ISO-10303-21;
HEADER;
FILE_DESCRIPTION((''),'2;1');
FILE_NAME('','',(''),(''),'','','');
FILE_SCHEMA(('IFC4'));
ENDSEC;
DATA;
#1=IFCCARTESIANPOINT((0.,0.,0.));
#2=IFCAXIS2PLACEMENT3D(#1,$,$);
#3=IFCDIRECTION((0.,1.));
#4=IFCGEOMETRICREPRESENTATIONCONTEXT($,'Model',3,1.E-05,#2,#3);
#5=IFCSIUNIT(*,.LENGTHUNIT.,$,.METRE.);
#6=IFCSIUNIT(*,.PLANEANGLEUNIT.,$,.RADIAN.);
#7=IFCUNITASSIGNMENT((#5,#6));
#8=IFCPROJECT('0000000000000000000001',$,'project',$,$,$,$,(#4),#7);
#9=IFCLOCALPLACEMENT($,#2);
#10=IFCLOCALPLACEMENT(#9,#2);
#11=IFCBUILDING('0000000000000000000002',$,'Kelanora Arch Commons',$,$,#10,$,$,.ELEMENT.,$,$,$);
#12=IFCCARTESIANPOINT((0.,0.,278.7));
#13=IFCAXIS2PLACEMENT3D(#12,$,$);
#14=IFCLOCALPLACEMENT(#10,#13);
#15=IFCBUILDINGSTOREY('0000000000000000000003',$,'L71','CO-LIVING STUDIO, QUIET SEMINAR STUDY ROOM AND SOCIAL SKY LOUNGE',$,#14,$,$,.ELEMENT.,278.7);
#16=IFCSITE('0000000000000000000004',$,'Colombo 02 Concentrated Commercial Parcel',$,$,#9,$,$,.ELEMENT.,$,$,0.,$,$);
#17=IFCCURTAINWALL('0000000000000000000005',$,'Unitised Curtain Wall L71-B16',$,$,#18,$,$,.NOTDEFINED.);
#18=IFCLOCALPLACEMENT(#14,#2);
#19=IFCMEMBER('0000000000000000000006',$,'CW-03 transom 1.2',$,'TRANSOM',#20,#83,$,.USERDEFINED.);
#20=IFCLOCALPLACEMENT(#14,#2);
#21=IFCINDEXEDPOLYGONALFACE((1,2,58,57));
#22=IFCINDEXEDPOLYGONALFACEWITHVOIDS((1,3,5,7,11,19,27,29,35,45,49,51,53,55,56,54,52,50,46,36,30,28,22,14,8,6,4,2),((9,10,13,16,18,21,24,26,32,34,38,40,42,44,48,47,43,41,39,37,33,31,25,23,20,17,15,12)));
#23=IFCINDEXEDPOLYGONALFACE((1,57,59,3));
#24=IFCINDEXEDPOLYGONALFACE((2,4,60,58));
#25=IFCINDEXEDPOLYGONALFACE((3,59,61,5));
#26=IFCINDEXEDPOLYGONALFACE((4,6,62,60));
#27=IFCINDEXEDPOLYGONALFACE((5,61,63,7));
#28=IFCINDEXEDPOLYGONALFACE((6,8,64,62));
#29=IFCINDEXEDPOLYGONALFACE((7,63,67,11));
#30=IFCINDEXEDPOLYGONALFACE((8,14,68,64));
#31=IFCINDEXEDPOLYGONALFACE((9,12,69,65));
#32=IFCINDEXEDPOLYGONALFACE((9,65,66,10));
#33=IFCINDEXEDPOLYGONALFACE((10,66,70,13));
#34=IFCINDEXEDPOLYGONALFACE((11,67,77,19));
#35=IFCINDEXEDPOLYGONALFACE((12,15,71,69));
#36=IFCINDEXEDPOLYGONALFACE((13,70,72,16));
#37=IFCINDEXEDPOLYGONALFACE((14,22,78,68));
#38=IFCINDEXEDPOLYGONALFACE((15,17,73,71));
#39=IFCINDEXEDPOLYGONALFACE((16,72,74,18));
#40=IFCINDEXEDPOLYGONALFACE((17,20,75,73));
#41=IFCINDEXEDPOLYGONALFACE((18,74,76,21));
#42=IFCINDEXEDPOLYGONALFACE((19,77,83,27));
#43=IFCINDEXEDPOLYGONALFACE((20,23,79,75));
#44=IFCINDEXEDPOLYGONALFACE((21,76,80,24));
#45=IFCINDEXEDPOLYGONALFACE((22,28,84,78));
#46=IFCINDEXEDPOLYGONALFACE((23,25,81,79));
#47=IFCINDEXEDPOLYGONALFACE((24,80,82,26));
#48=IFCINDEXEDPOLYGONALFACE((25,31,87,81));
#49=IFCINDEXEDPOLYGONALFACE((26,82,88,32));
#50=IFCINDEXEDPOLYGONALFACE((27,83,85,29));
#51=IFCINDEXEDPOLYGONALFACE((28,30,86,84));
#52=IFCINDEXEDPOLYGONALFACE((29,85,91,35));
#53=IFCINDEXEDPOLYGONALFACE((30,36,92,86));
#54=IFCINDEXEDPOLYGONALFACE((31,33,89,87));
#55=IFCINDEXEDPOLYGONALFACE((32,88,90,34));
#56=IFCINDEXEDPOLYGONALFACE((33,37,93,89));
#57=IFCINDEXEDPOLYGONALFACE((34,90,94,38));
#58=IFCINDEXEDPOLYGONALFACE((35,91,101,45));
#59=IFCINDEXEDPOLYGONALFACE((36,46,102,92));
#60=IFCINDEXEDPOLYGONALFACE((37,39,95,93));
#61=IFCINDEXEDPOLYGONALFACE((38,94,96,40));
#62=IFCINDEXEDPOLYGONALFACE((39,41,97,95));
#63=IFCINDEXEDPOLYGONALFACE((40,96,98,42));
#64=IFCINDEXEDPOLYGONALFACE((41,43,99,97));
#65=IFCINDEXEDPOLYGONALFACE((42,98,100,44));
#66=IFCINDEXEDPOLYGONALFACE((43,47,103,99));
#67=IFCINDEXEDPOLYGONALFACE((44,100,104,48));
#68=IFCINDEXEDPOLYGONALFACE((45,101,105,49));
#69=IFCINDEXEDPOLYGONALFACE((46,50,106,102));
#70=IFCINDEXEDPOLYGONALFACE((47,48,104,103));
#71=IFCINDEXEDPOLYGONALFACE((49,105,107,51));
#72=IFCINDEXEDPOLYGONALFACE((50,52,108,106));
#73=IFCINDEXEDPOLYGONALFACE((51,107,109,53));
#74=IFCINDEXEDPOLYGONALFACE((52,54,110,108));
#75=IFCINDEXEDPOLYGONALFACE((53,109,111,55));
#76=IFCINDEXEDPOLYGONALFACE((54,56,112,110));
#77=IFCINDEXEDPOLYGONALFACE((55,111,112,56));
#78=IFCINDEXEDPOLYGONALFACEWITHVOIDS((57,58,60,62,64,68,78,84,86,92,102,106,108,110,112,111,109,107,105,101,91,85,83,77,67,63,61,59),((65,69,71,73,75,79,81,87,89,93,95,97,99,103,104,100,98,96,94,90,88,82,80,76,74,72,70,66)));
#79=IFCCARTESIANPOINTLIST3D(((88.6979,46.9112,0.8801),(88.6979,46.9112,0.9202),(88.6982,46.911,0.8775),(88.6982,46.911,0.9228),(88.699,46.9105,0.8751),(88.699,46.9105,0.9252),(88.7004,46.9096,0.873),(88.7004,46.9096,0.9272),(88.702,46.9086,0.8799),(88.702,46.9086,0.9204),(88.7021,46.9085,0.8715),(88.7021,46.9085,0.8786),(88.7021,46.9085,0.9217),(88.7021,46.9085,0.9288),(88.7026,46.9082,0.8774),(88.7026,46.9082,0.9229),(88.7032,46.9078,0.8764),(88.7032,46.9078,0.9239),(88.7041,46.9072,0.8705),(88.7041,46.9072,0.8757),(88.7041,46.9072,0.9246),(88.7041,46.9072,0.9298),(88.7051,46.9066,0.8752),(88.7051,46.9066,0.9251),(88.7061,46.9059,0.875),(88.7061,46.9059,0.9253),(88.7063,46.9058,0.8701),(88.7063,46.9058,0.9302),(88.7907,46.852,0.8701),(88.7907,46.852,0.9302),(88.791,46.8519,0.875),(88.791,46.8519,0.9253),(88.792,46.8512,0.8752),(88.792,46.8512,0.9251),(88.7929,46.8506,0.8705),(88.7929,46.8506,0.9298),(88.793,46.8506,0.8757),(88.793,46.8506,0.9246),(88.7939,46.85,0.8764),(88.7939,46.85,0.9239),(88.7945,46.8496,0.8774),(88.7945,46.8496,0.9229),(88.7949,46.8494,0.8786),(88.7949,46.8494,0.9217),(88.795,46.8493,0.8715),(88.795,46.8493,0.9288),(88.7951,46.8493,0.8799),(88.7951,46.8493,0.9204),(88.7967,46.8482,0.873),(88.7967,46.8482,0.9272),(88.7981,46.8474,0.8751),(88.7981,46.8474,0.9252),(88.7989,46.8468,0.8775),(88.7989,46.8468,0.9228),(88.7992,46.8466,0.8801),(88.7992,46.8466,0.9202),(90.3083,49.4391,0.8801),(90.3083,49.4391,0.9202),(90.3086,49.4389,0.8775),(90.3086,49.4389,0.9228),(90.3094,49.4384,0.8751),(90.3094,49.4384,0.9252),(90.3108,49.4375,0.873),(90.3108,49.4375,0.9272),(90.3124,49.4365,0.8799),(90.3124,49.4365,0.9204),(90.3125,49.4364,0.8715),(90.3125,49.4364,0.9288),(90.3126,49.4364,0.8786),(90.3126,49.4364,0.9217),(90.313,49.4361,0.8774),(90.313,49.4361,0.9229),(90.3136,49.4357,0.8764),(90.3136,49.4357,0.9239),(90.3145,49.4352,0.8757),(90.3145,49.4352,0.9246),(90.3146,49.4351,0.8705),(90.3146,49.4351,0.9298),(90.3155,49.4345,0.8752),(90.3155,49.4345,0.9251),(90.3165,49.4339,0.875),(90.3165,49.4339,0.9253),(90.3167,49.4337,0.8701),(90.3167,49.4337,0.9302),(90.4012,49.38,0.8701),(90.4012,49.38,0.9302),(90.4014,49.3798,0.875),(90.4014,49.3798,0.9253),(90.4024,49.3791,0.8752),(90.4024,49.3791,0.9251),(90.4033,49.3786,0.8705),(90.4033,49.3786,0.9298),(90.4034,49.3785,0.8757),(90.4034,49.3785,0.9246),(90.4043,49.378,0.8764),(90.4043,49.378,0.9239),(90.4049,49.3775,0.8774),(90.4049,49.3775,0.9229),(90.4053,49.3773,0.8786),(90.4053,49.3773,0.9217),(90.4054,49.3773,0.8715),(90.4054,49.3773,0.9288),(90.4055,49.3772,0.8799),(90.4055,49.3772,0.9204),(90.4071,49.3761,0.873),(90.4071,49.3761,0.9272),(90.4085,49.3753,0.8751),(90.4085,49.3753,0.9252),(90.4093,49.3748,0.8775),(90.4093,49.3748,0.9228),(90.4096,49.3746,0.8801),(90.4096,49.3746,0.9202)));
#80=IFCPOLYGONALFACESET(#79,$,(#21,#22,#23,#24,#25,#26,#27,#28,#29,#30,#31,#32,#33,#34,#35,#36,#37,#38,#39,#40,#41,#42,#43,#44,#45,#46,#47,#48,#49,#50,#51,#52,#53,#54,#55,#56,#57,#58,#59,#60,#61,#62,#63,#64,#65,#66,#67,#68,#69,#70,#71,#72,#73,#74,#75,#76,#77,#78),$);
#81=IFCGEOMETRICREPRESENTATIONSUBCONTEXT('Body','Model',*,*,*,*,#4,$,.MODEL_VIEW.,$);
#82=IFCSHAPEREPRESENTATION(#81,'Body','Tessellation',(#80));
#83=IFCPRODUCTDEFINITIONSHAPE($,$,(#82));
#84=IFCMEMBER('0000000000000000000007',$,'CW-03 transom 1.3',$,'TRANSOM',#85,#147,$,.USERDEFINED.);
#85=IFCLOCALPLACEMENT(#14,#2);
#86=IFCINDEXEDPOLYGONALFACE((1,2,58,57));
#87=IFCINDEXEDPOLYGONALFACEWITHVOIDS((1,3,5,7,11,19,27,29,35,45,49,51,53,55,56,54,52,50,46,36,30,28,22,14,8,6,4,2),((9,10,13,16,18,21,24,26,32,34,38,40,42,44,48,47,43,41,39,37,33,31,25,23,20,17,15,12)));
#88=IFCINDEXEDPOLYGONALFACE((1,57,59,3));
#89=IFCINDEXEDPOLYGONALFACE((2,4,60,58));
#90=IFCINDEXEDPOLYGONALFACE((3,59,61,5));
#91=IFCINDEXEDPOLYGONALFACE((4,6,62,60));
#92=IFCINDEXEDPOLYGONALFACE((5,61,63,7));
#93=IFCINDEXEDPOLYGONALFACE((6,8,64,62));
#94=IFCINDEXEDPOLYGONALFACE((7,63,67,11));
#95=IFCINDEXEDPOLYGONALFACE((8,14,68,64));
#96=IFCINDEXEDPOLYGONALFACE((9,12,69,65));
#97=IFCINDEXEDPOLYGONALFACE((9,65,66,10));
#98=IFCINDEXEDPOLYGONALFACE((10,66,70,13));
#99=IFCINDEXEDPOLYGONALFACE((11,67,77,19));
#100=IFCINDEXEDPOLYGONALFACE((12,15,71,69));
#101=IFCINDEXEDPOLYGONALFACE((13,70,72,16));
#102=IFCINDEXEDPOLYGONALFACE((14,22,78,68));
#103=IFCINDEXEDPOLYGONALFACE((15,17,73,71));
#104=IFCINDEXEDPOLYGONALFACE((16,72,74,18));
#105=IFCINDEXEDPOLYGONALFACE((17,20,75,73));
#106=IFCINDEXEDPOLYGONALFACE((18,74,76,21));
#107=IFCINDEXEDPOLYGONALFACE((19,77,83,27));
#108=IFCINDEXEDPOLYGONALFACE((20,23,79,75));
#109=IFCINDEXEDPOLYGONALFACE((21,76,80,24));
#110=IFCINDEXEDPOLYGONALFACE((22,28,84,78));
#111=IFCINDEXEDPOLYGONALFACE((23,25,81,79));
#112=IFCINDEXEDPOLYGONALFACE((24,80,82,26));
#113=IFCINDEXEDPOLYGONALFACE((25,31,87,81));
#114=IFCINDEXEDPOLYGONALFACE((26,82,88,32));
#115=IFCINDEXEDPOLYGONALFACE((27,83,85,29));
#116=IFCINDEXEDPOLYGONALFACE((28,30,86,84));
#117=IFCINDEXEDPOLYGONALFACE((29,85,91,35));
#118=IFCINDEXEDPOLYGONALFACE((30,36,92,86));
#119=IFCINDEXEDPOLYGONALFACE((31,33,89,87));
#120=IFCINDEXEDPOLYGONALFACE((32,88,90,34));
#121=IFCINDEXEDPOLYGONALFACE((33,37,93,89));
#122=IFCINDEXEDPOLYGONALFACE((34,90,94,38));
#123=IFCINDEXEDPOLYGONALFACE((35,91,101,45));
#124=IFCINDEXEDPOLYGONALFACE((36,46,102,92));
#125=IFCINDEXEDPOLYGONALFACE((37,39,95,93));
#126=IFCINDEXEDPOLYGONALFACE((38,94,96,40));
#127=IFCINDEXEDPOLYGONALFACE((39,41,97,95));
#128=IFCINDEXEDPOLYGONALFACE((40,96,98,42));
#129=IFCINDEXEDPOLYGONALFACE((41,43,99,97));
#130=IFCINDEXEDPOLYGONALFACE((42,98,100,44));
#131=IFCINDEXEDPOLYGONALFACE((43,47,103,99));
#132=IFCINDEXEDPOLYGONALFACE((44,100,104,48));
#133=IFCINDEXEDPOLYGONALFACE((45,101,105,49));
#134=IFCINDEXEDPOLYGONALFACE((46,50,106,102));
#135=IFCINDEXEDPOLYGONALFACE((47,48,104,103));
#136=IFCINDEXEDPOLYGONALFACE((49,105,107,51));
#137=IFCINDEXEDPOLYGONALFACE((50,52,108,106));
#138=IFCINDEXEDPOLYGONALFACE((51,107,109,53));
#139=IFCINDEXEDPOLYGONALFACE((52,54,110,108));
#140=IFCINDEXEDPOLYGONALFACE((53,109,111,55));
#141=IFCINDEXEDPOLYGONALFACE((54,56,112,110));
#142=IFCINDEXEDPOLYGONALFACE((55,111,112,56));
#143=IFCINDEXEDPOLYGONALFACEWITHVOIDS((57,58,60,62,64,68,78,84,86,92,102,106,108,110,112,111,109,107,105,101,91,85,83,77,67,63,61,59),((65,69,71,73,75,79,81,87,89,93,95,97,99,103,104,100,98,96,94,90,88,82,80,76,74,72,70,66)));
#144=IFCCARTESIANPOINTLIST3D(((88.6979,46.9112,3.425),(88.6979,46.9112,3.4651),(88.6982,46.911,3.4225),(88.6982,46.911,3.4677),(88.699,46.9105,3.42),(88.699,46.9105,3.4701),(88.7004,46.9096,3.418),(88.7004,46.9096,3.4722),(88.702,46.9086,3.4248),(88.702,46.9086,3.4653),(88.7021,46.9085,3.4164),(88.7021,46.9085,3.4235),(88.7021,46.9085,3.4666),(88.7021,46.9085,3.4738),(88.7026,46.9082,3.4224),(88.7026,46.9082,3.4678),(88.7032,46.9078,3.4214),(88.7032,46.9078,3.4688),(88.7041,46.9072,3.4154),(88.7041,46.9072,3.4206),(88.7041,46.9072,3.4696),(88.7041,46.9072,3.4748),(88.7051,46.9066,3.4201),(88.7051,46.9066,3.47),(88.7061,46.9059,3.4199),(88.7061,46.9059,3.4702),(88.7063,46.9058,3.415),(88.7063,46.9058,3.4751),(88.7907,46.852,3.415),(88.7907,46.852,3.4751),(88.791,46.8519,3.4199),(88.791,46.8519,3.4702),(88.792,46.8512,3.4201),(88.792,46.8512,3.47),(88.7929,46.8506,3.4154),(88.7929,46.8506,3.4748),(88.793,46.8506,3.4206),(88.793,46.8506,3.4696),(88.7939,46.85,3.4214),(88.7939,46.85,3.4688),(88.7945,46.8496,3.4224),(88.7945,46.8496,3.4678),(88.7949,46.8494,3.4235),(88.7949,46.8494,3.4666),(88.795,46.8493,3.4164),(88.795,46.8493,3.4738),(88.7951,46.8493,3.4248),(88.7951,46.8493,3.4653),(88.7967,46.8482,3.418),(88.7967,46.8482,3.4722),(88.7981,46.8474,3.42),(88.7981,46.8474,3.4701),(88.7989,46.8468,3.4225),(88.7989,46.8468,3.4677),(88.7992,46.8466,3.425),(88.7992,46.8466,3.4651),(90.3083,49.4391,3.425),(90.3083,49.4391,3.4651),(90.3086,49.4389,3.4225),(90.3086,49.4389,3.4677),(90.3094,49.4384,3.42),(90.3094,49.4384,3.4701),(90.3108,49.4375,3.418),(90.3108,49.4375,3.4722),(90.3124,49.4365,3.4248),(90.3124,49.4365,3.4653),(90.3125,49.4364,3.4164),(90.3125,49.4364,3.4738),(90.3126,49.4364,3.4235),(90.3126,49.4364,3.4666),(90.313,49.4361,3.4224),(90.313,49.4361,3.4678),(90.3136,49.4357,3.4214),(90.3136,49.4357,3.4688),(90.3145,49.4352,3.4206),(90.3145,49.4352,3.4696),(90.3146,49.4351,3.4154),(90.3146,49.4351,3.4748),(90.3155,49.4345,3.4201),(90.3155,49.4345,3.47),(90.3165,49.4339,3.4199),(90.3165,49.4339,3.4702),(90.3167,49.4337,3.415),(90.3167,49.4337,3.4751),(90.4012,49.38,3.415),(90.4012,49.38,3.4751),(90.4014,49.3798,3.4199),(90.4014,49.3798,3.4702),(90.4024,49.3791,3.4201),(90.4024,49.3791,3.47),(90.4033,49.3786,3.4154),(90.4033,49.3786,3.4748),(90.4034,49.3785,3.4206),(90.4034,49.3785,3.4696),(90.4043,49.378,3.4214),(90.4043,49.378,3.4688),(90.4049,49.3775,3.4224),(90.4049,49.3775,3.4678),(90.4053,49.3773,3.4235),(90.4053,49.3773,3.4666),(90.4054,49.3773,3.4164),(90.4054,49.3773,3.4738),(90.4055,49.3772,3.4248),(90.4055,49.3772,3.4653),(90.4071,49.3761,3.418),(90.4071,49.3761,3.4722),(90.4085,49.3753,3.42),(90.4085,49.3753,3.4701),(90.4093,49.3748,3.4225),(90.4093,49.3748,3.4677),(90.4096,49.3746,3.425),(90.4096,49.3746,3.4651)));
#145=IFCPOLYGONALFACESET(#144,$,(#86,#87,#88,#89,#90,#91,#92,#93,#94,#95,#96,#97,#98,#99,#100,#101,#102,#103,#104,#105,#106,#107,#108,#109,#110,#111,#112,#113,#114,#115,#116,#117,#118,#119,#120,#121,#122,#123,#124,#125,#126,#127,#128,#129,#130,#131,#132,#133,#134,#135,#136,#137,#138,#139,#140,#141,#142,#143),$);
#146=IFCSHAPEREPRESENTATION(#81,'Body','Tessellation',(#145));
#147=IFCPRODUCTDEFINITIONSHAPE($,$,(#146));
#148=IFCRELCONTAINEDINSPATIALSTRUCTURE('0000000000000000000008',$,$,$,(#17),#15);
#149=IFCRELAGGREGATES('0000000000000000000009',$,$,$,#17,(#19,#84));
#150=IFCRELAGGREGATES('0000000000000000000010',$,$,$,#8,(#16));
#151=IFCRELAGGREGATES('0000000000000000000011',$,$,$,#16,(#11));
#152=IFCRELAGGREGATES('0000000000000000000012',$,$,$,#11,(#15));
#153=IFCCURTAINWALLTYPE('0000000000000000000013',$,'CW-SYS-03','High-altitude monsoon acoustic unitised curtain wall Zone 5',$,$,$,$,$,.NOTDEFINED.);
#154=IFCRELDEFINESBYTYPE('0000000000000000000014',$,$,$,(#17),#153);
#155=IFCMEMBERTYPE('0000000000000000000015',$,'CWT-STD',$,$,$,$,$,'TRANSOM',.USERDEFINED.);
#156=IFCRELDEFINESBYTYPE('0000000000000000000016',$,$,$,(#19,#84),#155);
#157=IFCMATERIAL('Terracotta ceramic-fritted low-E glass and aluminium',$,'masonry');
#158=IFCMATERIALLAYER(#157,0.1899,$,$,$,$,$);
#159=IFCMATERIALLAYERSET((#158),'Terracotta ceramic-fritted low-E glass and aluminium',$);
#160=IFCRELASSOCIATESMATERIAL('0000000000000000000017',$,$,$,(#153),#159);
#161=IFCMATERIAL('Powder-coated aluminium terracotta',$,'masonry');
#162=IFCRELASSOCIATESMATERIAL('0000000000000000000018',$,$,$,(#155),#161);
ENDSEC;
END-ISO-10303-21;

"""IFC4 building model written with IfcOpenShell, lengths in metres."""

from ifc_helpers import new_model, si_unit, direction, frame, origin, origin_2d, place, context, subcontext, project, spatial, hollow_rectangle, extrude, material, layer, layer_set, material_profile, profile_set, type_object, element, aggregate, save


model = new_model("IFC4")

# Units and contexts
model_context = context("Model", 3, precision=1e-05, world=origin(), true_north=direction((0.0, 1.0)))
body_context = subcontext(model_context, "Body", "Model", "MODEL_VIEW")
ifc_project = project(units=[si_unit("LENGTHUNIT", "METRE"), si_unit("PLANEANGLEUNIT", "RADIAN")], contexts=[model_context])

# Site, building, storey
site_placement = place(None, origin())
site = spatial("IfcSite", under=ifc_project, at=site_placement, Name="Colombo 02 Concentrated Commercial Parcel", CompositionType="ELEMENT", RefElevation=0.0)
building_placement = place(site_placement, origin())
building = spatial("IfcBuilding", under=site, at=building_placement, Name="Kelanora Arch Commons", CompositionType="ELEMENT")
storey_placement = place(building_placement, frame((0.0, 0.0, 278.7)))
storey = spatial("IfcBuildingStorey", under=building, at=storey_placement, Name="L71", Description="CO-LIVING STUDIO, QUIET SEMINAR STUDY ROOM AND SOCIAL SKY LOUNGE", CompositionType="ELEMENT", Elevation=278.7)

# Shared definitions
ifc_material_1 = material(Name="Terracotta ceramic-fritted low-E glass and aluminium", Category="masonry")
ifc_layer_1 = layer(ifc_material_1, 0.1899)
ifc_layer_set_1 = layer_set([ifc_layer_1], Name="Terracotta ceramic-fritted low-E glass and aluminium")
curtain_wall_type = type_object("IfcCurtainWallType", Name="CW-SYS-03", Description="High-altitude monsoon acoustic unitised curtain wall Zone 5", PredefinedType="NOTDEFINED", material=ifc_layer_set_1)
ifc_material_2 = material(Name="Powder-coated aluminium terracotta", Category="masonry")

# Curtain wall, members
curtain_wall_1_placement = place(storey_placement, origin())
curtain_wall_1 = element("IfcCurtainWall", 1, at=curtain_wall_1_placement, inside=storey, type_object=curtain_wall_type, Name="Unitised Curtain Wall L71-B16", PredefinedType="NOTDEFINED")
ifc_material_profile_1 = material_profile(ifc_material_2, hollow_rectangle(XDim=0.1201, YDim=0.0601, WallThickness=0.0049, InnerFilletRadius=0.0049, OuterFilletRadius=0.01, at=origin_2d()), Name="CWT120x60")
ifc_profile_set_1 = profile_set([ifc_material_profile_1], Name="Powder-coated aluminium terracotta")
member_type_1 = type_object("IfcMemberType", Name="CWT-STD", ElementType="TRANSOM", PredefinedType="USERDEFINED", material=ifc_profile_set_1)
member_1_placement = place(storey_placement, frame((88.7485, 46.8789, 0.9001), z_axis=(0.537287, 0.8434, 0.0), x_axis=(-0.8434, 0.537287, 0.0)))
member_1 = element("IfcMember", 2, at=member_1_placement, type_object=member_type_1, Name="CW-03 transom 1.2", ObjectType="TRANSOM", PredefinedType="USERDEFINED", context=body_context, shape_type="SweptSolid", body=[
    extrude(hollow_rectangle(XDim=0.1201, YDim=0.0601, WallThickness=0.0049, InnerFilletRadius=0.0049, OuterFilletRadius=0.01, at=origin_2d()), origin(), (0.0, 0.0, 1.0), 2.9973),
])
member_2_placement = place(storey_placement, frame((88.7485, 46.8789, 3.4451), z_axis=(0.537287, 0.8434, 0.0), x_axis=(-0.8434, 0.537287, 0.0)))
member_2 = element("IfcMember", 3, at=member_2_placement, type_object=member_type_1, Name="CW-03 transom 1.3", ObjectType="TRANSOM", PredefinedType="USERDEFINED", context=body_context, shape_type="SweptSolid", body=[
    extrude(hollow_rectangle(XDim=0.1201, YDim=0.0601, WallThickness=0.0049, InnerFilletRadius=0.0049, OuterFilletRadius=0.01, at=origin_2d()), origin(), (0.0, 0.0, 1.0), 2.9973),
])
aggregate(curtain_wall_1, [member_1, member_2])

save(model, "model.ifc")
